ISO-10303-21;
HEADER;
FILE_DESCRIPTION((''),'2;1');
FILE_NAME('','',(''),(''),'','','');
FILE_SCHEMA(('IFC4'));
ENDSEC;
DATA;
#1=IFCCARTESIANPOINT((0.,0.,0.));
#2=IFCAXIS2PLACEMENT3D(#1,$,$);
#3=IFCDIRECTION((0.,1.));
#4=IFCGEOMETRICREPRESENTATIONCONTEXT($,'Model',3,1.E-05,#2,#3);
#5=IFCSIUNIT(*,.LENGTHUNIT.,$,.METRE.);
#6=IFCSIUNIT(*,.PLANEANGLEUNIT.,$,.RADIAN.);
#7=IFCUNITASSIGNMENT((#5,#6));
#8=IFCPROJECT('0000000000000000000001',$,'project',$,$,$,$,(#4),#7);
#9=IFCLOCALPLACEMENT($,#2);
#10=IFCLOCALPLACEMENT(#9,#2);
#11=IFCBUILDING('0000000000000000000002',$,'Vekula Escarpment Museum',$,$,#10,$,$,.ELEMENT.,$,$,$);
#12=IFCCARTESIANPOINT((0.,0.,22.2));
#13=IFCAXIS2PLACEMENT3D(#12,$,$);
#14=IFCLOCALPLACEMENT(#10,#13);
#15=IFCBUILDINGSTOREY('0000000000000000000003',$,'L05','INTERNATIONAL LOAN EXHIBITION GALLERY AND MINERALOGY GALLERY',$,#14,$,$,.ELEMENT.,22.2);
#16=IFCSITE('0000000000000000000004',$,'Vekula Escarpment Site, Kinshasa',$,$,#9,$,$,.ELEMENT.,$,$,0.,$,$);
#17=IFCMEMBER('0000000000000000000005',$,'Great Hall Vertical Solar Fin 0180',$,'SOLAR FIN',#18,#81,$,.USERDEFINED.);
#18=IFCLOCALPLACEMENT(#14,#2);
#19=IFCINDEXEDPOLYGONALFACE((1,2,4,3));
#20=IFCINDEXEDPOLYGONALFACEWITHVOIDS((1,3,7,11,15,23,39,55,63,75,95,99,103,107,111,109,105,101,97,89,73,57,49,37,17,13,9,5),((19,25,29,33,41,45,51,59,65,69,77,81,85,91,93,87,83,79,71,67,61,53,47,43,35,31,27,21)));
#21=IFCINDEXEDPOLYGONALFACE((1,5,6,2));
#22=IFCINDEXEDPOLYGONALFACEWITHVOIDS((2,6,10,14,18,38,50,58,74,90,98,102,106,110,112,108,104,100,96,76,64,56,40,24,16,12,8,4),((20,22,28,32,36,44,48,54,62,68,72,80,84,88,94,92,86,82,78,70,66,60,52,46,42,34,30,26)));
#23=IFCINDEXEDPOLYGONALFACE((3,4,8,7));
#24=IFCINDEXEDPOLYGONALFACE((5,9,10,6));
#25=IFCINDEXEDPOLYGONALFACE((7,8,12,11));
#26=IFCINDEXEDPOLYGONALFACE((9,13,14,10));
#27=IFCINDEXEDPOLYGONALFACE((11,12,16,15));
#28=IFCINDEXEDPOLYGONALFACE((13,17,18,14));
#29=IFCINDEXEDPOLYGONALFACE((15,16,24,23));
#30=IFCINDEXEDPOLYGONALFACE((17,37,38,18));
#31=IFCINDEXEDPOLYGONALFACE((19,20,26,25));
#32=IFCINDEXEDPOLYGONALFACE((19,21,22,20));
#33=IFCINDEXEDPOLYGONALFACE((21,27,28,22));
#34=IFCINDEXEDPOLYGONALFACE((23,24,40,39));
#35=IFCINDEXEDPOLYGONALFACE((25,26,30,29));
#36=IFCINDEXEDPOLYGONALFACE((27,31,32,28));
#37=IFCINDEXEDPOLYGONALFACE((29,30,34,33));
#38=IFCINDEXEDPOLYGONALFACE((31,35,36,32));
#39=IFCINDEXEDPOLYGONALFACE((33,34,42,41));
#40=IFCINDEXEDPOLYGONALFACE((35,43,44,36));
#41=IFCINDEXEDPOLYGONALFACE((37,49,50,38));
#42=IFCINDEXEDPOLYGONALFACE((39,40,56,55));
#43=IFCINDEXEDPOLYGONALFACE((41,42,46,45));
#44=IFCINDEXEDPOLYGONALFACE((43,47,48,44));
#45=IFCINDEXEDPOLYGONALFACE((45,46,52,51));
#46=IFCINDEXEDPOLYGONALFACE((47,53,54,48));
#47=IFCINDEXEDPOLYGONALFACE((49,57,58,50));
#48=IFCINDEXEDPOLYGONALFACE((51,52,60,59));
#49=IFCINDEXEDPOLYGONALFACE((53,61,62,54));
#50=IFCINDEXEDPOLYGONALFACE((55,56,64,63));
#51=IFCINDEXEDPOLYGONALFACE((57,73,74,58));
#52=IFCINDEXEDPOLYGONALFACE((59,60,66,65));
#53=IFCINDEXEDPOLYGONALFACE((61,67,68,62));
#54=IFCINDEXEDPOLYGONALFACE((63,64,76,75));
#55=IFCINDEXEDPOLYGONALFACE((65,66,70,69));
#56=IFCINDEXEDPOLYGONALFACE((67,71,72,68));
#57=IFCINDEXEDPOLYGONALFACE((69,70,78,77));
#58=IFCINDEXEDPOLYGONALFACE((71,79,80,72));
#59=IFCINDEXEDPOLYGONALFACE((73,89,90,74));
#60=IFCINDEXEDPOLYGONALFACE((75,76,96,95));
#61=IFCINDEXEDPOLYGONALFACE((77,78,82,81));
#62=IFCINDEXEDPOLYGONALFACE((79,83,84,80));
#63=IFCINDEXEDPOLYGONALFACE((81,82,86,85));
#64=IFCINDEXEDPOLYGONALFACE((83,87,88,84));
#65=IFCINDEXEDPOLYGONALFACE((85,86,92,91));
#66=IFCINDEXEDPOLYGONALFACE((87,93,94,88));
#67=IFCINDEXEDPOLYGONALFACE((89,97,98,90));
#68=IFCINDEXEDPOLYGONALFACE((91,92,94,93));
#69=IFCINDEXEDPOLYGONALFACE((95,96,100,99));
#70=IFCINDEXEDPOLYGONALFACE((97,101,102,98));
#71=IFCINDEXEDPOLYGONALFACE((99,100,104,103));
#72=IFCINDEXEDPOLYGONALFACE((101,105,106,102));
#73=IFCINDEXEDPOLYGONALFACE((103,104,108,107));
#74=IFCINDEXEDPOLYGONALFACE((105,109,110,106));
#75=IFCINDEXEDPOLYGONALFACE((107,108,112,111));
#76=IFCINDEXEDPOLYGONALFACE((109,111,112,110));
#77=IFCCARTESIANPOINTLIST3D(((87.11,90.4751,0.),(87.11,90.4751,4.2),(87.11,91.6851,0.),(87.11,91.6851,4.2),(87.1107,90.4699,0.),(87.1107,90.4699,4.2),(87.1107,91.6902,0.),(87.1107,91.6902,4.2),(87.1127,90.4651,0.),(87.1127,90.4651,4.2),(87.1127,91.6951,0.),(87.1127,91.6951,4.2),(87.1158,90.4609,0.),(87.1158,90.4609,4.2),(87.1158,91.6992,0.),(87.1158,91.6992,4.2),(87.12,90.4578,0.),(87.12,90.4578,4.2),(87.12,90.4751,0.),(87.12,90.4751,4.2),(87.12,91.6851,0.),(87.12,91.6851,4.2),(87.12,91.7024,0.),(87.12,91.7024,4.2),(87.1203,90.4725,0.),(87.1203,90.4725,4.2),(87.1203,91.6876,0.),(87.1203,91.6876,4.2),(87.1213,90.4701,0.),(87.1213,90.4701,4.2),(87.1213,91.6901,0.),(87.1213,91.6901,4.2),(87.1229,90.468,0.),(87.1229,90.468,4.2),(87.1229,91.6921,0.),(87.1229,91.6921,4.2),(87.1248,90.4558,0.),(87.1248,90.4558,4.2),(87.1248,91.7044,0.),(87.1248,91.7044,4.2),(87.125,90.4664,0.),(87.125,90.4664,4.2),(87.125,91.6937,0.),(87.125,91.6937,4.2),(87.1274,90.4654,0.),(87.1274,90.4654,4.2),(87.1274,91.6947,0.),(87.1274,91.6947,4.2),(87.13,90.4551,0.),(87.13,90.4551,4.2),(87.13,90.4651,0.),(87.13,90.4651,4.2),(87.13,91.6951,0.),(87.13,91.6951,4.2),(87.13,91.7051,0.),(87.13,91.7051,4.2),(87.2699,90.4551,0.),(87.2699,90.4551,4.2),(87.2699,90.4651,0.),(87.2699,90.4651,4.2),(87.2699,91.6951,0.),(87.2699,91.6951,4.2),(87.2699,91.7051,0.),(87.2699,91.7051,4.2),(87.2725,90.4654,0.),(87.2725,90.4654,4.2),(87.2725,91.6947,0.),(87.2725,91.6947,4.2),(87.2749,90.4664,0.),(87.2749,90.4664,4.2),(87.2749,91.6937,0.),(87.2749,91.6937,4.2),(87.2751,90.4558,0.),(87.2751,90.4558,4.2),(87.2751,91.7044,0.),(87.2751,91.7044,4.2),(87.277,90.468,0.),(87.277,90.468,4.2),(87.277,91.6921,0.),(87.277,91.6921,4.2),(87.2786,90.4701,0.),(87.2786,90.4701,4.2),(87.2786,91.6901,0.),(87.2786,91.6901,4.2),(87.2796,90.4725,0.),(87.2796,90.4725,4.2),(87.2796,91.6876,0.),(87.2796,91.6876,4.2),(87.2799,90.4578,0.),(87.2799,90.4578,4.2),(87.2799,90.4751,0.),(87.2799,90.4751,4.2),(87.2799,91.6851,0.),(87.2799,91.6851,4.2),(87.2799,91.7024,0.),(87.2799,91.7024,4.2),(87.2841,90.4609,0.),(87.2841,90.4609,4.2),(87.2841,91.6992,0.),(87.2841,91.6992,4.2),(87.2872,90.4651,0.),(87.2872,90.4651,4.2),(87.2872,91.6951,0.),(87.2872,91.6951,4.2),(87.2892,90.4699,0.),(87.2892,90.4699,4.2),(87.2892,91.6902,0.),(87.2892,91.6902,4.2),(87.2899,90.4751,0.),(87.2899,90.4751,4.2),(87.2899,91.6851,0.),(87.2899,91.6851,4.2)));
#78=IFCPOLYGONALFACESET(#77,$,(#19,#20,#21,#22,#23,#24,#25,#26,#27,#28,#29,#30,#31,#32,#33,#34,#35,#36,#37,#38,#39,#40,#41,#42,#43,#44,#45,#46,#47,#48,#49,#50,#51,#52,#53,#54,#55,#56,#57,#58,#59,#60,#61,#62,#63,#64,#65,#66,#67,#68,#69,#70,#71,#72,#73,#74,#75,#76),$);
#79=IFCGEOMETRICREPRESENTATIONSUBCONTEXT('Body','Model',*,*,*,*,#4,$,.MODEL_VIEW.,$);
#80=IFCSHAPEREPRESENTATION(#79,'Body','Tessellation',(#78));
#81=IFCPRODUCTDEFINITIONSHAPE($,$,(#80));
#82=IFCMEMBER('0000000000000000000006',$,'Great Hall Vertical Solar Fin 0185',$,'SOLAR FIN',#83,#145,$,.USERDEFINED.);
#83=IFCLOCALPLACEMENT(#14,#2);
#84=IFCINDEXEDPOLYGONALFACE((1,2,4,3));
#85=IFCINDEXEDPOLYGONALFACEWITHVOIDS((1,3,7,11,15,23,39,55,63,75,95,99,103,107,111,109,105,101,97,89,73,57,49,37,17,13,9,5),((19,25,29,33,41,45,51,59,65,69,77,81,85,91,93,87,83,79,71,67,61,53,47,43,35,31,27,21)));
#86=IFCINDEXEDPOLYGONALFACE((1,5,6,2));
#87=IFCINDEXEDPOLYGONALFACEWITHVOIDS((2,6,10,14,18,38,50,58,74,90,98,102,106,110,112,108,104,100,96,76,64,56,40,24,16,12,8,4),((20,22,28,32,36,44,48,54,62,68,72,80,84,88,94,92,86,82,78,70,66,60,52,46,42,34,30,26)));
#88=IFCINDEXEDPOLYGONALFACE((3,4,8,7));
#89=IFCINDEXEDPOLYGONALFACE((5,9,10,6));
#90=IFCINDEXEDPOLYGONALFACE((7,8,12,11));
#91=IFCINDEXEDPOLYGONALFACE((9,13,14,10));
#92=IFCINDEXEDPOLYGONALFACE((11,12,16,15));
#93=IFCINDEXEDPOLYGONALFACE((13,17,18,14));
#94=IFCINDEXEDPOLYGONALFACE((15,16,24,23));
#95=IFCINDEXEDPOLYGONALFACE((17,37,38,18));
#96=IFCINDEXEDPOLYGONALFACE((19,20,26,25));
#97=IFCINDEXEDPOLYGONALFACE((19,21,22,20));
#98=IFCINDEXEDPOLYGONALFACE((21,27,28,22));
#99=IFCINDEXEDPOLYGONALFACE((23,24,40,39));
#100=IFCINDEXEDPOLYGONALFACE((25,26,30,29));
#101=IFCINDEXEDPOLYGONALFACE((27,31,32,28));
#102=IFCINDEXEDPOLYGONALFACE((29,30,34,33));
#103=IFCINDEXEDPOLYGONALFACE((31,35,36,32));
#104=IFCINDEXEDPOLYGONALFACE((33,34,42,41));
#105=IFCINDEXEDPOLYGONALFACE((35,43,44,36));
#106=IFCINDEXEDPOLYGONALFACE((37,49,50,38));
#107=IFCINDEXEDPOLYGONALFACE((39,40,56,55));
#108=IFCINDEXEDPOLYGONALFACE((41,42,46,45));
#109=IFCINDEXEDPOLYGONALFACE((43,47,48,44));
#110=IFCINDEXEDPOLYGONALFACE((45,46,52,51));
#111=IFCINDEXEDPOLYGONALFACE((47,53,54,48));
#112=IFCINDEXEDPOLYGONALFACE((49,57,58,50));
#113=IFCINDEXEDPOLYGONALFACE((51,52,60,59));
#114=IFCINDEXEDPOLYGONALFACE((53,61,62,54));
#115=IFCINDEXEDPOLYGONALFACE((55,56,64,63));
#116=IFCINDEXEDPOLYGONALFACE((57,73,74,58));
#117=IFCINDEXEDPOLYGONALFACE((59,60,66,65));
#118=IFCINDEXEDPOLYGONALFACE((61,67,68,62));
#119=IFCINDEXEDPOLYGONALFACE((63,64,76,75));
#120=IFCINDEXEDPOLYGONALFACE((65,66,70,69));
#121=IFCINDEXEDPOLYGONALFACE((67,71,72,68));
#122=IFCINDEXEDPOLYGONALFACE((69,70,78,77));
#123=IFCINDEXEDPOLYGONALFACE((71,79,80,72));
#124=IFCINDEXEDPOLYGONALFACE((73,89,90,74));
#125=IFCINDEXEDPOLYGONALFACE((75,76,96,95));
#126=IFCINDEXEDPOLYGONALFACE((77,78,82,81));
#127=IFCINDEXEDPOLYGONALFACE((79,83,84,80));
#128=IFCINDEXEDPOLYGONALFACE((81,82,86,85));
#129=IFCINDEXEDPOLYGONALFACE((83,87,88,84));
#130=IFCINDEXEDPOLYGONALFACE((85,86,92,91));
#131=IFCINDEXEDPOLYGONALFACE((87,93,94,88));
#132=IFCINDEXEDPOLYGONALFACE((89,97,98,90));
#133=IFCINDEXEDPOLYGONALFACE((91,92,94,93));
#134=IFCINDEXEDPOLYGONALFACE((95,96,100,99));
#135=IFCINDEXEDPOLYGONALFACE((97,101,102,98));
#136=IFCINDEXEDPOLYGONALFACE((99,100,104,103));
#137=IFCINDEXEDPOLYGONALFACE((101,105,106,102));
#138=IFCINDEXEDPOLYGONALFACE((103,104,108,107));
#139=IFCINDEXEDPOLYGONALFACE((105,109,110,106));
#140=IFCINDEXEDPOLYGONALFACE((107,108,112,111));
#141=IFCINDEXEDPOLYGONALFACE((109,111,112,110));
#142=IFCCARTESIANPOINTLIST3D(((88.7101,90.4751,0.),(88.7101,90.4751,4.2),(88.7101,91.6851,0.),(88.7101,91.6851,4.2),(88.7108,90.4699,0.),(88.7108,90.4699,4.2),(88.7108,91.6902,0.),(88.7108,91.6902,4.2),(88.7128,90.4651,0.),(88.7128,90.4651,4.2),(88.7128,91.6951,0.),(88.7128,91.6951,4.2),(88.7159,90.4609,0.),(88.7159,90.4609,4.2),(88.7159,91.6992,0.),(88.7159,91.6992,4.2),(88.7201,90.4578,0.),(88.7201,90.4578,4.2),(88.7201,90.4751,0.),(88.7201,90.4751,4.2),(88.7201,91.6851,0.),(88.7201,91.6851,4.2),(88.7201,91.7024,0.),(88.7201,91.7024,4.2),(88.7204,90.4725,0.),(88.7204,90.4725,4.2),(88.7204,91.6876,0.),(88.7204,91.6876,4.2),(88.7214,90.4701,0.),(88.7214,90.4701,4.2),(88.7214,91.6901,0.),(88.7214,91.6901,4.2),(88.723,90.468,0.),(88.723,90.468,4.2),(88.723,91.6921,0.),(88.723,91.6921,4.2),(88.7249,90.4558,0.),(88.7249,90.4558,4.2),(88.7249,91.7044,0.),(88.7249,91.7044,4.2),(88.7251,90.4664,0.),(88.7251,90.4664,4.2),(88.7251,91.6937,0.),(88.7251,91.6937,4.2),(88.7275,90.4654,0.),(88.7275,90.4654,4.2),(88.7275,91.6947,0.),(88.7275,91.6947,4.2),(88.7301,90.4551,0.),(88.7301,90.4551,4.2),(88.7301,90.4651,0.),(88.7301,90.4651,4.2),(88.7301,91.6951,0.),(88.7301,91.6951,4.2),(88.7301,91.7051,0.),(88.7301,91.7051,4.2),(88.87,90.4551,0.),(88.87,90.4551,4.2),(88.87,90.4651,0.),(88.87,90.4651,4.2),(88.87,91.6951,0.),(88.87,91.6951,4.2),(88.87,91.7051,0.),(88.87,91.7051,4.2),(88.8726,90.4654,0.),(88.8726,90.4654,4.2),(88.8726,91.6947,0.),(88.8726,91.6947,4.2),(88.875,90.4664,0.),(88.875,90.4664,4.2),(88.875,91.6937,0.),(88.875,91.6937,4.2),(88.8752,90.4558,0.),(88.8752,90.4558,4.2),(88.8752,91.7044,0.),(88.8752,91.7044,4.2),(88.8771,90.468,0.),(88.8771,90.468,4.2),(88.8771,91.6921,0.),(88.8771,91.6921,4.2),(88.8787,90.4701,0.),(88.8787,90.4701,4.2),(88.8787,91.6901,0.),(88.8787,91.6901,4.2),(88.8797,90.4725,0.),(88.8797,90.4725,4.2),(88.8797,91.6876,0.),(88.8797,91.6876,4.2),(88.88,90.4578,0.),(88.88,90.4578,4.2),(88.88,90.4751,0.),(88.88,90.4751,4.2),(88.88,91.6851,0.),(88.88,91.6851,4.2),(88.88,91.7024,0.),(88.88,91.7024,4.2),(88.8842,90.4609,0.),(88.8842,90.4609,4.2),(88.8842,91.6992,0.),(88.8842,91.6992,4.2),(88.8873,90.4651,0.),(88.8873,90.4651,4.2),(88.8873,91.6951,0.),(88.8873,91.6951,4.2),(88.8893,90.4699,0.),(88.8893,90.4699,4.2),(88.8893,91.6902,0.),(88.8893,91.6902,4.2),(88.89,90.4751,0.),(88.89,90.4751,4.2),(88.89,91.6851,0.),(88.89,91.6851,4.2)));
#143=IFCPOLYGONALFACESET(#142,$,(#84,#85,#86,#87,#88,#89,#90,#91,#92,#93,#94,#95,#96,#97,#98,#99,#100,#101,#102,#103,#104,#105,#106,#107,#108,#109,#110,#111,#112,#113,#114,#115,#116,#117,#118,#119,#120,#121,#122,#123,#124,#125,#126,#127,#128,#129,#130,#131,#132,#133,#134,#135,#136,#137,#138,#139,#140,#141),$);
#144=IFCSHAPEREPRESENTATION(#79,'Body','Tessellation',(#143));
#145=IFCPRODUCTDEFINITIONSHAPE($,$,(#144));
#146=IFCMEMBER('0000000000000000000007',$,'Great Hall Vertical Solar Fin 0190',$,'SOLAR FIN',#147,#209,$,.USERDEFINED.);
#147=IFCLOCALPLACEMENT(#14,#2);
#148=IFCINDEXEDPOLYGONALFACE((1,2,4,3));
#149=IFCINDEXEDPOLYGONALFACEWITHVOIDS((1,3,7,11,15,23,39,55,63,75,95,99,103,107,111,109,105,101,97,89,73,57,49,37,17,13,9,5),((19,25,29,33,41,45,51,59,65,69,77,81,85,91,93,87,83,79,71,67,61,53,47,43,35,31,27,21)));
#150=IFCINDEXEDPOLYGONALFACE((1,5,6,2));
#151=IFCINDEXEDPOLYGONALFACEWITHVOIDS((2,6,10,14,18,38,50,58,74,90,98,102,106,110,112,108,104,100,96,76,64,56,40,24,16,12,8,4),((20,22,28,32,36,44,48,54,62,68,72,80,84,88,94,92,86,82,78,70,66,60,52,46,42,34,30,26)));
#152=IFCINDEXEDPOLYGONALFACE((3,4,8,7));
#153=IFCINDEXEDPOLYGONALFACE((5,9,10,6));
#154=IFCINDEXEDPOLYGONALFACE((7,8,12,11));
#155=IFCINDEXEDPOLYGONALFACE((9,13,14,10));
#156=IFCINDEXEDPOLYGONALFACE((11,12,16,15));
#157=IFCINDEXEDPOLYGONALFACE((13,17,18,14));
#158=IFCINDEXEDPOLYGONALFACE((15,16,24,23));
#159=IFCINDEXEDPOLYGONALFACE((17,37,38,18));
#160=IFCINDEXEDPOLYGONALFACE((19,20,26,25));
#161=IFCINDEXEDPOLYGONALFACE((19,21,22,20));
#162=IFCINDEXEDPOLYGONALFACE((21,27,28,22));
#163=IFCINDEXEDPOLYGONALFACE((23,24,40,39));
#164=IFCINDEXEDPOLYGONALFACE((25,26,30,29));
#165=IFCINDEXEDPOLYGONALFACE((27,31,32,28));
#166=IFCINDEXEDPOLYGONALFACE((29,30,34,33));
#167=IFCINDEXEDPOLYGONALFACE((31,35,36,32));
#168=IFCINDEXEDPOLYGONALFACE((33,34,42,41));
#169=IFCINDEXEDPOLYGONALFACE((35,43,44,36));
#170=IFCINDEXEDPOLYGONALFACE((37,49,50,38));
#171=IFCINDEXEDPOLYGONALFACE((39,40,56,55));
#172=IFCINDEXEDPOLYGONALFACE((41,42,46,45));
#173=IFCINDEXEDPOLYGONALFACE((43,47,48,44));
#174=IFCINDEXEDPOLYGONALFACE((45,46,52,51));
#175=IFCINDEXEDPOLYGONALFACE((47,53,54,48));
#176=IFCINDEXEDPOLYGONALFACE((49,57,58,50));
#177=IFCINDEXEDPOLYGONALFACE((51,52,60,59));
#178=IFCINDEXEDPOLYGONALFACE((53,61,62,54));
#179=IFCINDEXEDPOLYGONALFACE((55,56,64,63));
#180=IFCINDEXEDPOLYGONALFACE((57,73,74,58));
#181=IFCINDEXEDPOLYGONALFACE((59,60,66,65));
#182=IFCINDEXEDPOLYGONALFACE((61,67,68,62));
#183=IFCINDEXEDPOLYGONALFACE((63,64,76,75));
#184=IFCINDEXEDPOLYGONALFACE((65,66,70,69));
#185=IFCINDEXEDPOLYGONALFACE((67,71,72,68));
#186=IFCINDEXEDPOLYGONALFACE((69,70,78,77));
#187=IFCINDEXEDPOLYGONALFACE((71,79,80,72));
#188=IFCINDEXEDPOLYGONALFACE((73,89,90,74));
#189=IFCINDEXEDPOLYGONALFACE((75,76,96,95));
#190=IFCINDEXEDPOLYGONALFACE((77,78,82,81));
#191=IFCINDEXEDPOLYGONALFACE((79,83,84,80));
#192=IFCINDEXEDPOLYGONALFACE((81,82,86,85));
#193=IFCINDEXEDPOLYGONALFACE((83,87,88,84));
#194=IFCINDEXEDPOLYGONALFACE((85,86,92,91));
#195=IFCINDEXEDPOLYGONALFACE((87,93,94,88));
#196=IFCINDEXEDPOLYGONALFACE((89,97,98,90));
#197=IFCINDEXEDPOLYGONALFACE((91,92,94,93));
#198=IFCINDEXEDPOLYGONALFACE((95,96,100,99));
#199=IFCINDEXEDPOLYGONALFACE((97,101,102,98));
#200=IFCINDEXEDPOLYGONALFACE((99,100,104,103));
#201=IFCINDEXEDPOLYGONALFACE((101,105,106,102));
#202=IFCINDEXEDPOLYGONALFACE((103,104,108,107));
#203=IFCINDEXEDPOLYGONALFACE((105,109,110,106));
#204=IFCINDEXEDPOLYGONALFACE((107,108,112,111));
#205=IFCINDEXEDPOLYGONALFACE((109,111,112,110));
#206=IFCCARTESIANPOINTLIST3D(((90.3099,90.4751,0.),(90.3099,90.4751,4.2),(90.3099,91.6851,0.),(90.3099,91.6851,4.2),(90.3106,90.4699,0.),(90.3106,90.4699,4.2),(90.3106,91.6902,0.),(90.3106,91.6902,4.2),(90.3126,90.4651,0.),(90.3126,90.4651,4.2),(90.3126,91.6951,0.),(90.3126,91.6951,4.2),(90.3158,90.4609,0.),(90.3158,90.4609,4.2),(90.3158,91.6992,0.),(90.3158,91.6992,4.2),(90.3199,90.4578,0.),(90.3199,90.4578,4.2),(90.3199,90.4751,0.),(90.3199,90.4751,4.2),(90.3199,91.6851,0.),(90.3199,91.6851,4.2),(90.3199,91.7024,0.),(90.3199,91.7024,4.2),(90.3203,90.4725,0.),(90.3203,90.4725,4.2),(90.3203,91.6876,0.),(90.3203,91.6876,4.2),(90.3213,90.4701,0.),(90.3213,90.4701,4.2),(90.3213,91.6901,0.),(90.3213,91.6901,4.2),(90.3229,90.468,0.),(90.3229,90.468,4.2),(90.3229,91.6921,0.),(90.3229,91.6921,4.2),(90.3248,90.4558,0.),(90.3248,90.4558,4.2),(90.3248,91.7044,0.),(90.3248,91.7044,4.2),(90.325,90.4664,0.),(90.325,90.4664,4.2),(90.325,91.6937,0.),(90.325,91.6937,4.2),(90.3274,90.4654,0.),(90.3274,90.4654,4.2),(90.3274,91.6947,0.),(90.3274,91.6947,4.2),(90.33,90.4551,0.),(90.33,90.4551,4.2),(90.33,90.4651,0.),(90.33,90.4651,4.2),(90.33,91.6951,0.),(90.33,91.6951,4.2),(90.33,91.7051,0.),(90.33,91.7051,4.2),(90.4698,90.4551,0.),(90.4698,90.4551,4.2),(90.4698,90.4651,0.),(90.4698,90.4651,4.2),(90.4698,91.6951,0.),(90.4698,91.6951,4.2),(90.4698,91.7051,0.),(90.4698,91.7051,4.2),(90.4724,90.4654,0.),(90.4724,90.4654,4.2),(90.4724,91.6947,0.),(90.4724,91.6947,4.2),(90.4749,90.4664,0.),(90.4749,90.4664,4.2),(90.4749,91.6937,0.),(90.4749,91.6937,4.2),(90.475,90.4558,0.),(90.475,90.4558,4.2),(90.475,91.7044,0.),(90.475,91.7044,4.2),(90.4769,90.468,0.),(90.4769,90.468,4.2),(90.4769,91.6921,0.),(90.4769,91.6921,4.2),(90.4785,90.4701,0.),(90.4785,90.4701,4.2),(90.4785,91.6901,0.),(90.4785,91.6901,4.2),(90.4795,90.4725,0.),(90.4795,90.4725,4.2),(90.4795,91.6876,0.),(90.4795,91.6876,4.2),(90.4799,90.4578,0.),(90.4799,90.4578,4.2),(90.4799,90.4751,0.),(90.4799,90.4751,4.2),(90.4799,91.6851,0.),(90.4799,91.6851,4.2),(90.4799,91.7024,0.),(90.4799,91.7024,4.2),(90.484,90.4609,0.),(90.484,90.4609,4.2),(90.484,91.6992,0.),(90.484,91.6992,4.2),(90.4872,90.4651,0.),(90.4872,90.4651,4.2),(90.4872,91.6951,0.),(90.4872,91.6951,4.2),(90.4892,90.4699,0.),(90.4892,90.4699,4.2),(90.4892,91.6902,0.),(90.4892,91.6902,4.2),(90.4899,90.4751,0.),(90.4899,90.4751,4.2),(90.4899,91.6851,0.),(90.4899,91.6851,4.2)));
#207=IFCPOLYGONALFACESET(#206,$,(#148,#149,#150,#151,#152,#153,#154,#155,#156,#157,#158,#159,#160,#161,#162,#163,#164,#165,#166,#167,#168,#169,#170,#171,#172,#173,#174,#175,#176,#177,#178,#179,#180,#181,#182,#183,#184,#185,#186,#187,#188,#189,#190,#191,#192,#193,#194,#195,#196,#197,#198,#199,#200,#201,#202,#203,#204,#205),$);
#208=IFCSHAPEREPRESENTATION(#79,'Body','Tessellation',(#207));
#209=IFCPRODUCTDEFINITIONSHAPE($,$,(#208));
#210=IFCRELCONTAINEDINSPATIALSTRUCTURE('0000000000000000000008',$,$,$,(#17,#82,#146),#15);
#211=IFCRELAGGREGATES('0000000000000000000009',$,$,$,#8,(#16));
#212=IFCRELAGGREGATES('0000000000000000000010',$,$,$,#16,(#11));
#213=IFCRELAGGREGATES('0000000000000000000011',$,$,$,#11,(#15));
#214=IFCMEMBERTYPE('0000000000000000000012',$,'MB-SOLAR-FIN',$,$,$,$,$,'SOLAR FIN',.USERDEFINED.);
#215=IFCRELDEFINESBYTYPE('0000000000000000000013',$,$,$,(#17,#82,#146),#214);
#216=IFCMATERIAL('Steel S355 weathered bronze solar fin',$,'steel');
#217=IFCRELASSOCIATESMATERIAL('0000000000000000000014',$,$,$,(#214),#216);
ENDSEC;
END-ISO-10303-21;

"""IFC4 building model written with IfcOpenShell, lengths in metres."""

from ifc_helpers import new_model, si_unit, direction, frame, origin, origin_2d, place, context, subcontext, project, spatial, hollow_rectangle, extrude, material, material_profile, profile_set, type_object, element, save


model = new_model("IFC4")

# Units and contexts
model_context = context("Model", 3, precision=1e-05, world=origin(), true_north=direction((0.0, 1.0)))
body_context = subcontext(model_context, "Body", "Model", "MODEL_VIEW")
ifc_project = project(units=[si_unit("LENGTHUNIT", "METRE"), si_unit("PLANEANGLEUNIT", "RADIAN")], contexts=[model_context])

# Site, building, storey
site_placement = place(None, origin())
site = spatial("IfcSite", under=ifc_project, at=site_placement, Name="Vekula Escarpment Site, Kinshasa", CompositionType="ELEMENT", RefElevation=0.0)
building_placement = place(site_placement, origin())
building = spatial("IfcBuilding", under=site, at=building_placement, Name="Vekula Escarpment Museum", CompositionType="ELEMENT")
storey_placement = place(building_placement, frame((0.0, 0.0, 22.2)))
storey = spatial("IfcBuildingStorey", under=building, at=storey_placement, Name="L05", Description="INTERNATIONAL LOAN EXHIBITION GALLERY AND MINERALOGY GALLERY", CompositionType="ELEMENT", Elevation=22.2)

# Members
ifc_material_1 = material(Name="Steel S355 weathered bronze solar fin", Category="steel")
ifc_material_profile_1 = material_profile(ifc_material_1, hollow_rectangle(XDim=0.1799, YDim=1.25, WallThickness=0.01, InnerFilletRadius=0.01, OuterFilletRadius=0.02, at=origin_2d()), Name="RHS 1250x180x10")
ifc_profile_set_1 = profile_set([ifc_material_profile_1], Name="Steel S355 weathered bronze solar fin")
member_type_1 = type_object("IfcMemberType", Name="MB-SOLAR-FIN", ElementType="SOLAR FIN", PredefinedType="USERDEFINED", material=ifc_profile_set_1)
for number, where, z_axis, x_axis, name in (
    (1, (87.2, 91.0801, 0.0), (0.0, 0.0, 1.0), (1.0, 0.0, 0.0), "Great Hall Vertical Solar Fin 0180"),
    (2, (88.8, 91.0801, 0.0), (0.0, 0.0, 1.0), (1.0, 0.0, 0.0), "Great Hall Vertical Solar Fin 0185"),
    (3, (90.3999, 91.0801, 0.0), (0.0, 0.0, 1.0), (1.0, 0.0, 0.0), "Great Hall Vertical Solar Fin 0190"),
):
    element("IfcMember", number, at=place(storey_placement, frame(where, z_axis=z_axis, x_axis=x_axis)), inside=storey, type_object=member_type_1, Name=name, ObjectType="SOLAR FIN", PredefinedType="USERDEFINED", context=body_context, shape_type="SweptSolid", body=[
        extrude(hollow_rectangle(XDim=0.1799, YDim=1.25, WallThickness=0.01, InnerFilletRadius=0.01, OuterFilletRadius=0.02, at=origin_2d()), origin(), (0.0, 0.0, 1.0), 4.2),
    ])

save(model, "model.ifc")
